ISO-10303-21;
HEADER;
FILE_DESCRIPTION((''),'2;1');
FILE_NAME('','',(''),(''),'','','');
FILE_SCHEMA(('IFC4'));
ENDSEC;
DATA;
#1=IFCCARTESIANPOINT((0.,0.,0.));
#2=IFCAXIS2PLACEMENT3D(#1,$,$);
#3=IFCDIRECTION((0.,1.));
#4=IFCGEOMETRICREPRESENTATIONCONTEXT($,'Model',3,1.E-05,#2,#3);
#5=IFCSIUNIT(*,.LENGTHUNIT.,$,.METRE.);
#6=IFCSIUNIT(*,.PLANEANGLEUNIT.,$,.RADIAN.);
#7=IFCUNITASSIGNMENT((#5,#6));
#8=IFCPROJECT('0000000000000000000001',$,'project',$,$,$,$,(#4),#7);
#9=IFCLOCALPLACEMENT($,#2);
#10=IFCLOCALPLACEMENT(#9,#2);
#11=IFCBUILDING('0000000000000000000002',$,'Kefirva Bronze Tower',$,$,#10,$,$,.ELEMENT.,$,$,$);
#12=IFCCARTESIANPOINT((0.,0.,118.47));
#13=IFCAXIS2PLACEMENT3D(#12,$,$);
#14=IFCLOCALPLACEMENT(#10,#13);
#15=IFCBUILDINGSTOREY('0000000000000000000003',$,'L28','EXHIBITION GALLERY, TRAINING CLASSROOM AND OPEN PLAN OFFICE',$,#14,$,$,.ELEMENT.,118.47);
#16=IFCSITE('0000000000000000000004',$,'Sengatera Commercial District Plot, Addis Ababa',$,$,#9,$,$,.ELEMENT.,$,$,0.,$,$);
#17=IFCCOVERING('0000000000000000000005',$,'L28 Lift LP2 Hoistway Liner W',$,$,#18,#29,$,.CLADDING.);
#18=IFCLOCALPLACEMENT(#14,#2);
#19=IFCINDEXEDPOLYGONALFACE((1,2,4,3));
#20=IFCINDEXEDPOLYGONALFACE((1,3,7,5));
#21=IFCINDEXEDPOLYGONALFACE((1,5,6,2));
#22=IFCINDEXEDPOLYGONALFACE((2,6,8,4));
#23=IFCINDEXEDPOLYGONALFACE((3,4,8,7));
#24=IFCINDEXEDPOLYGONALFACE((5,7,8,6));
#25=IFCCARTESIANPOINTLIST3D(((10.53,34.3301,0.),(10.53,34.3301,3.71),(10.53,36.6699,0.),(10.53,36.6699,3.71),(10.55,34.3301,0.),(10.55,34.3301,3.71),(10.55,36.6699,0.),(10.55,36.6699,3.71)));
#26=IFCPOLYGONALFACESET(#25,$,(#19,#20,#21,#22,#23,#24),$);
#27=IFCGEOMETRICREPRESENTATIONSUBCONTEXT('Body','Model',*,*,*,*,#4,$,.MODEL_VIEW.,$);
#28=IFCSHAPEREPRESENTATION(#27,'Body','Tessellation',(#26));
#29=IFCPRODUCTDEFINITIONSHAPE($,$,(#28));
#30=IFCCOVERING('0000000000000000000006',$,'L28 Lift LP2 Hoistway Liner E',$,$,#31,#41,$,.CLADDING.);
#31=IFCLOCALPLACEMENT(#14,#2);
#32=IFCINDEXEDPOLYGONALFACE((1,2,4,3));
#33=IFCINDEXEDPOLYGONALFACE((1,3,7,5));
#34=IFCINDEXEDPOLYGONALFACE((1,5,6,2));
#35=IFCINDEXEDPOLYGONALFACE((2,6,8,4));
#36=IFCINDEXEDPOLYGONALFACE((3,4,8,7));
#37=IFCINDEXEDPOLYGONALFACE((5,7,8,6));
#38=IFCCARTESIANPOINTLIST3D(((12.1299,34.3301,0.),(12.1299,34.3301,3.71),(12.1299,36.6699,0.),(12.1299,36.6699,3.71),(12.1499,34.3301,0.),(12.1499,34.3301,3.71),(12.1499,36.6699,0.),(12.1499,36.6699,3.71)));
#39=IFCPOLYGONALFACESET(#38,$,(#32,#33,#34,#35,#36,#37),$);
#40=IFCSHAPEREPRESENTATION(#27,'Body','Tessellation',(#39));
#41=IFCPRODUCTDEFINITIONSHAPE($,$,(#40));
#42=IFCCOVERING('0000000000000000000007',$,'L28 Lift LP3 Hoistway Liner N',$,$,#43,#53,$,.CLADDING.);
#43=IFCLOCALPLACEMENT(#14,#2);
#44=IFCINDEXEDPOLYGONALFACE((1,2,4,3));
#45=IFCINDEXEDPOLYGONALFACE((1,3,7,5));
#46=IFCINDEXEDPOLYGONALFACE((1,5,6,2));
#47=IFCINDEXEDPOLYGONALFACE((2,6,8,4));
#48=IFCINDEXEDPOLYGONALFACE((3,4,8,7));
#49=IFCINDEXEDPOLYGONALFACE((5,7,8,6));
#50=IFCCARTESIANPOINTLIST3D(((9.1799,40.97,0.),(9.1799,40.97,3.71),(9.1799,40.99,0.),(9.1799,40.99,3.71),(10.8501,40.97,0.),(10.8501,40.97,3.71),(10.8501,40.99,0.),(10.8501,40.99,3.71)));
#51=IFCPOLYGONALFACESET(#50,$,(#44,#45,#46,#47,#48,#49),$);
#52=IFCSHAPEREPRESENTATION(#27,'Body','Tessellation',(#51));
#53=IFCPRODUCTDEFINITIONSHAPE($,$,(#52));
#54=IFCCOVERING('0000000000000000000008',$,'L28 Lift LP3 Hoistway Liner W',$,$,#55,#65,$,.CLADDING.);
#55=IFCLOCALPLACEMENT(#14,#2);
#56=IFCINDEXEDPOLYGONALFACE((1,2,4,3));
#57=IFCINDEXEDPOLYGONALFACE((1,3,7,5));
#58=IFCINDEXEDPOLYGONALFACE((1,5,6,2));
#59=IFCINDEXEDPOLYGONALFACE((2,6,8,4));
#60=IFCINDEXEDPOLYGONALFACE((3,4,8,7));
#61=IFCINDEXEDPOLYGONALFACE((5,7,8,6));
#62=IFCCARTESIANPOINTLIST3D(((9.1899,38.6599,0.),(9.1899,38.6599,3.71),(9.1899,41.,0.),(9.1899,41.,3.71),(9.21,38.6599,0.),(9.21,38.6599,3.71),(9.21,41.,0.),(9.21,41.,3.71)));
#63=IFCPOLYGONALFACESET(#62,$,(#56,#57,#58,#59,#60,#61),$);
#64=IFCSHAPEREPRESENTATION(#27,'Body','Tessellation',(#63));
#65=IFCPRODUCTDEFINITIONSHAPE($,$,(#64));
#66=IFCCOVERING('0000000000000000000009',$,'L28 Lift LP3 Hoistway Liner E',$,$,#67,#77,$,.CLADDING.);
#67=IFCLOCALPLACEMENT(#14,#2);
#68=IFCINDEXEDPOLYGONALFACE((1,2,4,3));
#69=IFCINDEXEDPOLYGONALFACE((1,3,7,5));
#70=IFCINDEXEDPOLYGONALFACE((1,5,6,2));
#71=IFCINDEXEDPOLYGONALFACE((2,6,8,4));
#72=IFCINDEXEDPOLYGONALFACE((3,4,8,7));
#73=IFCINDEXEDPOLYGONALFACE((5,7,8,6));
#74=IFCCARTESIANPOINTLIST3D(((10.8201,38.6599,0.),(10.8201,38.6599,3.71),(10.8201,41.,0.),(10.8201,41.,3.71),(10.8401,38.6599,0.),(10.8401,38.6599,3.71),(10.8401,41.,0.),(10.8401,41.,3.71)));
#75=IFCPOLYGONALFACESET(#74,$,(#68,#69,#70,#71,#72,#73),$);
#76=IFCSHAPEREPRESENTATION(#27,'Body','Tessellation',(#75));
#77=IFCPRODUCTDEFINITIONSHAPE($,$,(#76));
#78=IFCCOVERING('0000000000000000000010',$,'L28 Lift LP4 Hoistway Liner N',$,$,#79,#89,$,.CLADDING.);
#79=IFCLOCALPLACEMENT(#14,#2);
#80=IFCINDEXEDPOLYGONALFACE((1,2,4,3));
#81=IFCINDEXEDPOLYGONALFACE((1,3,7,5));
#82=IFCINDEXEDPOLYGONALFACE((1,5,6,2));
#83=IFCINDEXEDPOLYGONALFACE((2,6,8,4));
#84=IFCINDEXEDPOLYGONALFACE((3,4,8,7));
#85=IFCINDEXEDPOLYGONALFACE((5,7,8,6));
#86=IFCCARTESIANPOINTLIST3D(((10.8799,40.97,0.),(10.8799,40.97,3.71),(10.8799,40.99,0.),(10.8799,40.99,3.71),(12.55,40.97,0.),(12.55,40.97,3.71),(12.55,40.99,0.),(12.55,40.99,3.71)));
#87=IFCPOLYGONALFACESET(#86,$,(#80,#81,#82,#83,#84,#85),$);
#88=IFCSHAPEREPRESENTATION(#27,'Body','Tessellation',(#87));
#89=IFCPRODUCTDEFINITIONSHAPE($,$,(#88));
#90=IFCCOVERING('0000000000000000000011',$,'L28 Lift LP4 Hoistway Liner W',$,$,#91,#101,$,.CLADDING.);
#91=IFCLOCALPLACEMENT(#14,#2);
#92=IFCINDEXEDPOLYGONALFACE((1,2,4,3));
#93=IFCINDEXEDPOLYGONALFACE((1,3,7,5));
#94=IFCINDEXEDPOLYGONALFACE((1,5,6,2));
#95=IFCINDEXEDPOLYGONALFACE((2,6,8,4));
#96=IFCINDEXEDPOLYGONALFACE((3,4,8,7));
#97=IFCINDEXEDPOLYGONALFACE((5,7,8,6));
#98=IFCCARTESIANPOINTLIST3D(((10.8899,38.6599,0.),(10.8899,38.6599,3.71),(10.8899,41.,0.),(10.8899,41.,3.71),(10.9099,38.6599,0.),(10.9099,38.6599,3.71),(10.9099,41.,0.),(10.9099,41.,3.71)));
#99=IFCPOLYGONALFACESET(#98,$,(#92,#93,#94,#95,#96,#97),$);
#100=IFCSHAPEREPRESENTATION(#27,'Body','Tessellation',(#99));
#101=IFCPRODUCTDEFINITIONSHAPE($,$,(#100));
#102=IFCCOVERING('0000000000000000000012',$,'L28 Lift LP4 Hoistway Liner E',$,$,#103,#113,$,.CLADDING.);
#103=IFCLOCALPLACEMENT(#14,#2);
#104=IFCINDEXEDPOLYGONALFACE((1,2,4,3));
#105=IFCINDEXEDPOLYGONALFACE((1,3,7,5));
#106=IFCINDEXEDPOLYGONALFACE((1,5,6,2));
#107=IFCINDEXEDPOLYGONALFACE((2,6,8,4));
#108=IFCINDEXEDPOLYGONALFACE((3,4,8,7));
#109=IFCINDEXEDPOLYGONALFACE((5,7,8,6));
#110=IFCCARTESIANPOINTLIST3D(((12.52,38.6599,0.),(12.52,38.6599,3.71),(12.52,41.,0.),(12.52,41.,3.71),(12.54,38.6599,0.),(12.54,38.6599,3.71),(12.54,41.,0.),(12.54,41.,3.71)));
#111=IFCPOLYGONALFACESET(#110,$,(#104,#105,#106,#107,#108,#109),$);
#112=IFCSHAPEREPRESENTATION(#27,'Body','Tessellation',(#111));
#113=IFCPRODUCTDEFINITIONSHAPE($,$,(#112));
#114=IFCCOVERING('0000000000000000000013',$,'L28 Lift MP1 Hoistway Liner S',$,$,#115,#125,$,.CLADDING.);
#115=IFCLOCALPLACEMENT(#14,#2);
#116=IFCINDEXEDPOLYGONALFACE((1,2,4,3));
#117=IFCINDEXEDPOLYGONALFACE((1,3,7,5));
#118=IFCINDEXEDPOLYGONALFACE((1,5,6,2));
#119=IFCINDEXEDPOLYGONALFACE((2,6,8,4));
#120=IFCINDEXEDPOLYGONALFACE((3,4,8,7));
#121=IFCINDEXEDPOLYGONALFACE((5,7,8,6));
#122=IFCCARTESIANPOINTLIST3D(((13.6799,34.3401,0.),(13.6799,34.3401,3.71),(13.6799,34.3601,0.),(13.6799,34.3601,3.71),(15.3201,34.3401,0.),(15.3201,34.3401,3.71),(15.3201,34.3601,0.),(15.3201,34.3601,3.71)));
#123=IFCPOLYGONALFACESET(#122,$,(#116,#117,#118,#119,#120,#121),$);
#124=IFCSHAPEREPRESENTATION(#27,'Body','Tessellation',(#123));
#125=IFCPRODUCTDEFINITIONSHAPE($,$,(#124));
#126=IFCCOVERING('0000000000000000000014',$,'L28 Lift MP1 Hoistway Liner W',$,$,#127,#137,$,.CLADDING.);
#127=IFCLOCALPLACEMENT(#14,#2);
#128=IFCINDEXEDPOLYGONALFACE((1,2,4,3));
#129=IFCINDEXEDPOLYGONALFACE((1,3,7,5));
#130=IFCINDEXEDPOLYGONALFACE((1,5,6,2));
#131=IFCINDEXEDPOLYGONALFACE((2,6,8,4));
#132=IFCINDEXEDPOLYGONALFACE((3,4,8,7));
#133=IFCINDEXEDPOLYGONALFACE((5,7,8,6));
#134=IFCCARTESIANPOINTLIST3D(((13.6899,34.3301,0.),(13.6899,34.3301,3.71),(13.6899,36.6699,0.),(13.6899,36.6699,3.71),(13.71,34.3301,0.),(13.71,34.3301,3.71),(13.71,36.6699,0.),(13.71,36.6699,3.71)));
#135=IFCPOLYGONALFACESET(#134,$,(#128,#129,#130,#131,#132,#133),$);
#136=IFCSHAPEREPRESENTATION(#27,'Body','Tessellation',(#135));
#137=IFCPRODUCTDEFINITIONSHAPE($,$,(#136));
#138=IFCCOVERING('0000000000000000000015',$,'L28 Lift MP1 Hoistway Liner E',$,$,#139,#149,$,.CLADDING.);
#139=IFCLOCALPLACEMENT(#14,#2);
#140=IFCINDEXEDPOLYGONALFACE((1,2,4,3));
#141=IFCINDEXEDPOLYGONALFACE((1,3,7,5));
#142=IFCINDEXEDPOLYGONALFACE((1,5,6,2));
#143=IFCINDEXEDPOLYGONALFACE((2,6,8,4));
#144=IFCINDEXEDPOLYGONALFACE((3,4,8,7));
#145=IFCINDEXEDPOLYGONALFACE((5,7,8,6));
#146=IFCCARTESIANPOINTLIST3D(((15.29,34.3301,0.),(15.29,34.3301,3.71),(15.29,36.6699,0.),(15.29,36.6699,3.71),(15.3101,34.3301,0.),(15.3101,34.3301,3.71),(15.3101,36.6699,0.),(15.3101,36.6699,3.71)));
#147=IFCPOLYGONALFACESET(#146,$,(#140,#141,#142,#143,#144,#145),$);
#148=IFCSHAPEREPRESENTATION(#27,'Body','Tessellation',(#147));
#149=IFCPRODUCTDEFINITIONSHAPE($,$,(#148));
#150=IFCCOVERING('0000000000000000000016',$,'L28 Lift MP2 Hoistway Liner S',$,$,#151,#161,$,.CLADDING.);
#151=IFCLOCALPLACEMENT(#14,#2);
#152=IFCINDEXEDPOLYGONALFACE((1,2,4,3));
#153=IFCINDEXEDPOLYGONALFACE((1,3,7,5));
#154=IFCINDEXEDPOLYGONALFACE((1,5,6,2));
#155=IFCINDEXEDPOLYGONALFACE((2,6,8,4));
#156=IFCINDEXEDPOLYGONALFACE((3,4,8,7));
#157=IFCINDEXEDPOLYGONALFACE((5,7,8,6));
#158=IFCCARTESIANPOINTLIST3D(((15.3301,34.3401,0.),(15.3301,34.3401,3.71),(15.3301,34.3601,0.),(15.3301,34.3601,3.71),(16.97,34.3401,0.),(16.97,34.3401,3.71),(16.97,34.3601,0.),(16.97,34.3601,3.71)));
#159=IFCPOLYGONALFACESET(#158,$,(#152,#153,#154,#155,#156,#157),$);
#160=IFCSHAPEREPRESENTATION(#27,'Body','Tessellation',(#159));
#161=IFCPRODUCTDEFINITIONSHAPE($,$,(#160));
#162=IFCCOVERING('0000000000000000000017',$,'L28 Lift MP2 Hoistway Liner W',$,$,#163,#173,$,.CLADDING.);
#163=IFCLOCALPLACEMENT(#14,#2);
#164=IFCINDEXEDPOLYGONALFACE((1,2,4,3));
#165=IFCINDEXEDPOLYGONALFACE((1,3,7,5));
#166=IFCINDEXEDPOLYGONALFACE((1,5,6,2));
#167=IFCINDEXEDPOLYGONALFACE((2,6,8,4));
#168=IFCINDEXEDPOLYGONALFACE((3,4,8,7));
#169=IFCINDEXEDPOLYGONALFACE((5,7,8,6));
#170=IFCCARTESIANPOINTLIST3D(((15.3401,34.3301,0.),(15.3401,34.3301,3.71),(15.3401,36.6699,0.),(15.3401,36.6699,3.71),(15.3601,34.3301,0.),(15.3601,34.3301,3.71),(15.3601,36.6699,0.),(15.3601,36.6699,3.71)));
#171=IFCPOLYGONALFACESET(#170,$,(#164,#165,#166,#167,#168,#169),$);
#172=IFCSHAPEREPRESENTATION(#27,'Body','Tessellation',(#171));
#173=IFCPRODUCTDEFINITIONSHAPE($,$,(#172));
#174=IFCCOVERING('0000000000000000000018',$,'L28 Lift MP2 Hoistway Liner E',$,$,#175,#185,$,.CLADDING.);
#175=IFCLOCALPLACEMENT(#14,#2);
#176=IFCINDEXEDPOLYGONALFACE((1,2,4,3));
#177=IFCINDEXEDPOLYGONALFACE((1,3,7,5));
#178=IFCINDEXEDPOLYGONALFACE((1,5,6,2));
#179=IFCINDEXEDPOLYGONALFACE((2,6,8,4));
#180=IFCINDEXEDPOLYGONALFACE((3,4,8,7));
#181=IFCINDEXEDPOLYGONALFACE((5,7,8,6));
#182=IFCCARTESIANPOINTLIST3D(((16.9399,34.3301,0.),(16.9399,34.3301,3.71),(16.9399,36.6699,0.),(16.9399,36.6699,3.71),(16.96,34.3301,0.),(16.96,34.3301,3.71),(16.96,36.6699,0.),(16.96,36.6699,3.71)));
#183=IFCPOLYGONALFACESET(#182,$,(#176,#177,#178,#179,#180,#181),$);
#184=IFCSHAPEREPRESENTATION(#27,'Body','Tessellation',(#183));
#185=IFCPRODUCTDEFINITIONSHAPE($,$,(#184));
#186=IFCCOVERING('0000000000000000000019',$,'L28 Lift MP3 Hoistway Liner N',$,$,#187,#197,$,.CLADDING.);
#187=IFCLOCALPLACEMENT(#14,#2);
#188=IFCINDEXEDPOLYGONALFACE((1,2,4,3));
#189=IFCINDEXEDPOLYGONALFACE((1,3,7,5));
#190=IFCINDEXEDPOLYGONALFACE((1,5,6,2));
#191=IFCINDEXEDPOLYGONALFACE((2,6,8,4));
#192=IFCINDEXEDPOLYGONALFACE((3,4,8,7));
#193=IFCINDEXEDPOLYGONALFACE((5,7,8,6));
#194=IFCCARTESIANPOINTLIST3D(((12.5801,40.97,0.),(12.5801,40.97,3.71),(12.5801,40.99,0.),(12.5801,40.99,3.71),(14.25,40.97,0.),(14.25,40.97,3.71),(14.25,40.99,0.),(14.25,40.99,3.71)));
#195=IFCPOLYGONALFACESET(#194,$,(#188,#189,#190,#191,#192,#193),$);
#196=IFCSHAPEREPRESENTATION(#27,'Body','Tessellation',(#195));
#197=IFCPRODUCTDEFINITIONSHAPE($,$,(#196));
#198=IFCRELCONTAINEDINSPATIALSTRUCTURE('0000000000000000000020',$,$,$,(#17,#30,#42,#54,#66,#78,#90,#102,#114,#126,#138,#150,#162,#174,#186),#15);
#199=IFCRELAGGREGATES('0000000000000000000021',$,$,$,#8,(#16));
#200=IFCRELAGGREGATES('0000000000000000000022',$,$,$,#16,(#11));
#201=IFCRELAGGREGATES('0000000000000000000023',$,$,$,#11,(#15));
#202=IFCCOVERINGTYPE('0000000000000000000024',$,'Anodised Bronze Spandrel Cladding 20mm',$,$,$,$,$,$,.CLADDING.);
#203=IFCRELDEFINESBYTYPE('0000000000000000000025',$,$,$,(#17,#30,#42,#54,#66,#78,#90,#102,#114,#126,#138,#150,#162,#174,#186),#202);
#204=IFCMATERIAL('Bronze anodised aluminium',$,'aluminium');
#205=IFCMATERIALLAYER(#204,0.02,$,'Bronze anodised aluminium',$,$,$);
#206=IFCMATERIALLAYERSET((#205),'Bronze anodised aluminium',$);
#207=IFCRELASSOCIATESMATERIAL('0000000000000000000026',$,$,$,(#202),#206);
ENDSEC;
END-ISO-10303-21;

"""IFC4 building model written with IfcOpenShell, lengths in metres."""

from ifc_helpers import new_model, si_unit, direction, frame, origin, place, context, subcontext, project, spatial, polyline, outline, extrude, material, layer, layer_set, type_object, element, save


model = new_model("IFC4")

# Units and contexts
model_context = context("Model", 3, precision=1e-05, world=origin(), true_north=direction((0.0, 1.0)))
body_context = subcontext(model_context, "Body", "Model", "MODEL_VIEW")
ifc_project = project(units=[si_unit("LENGTHUNIT", "METRE"), si_unit("PLANEANGLEUNIT", "RADIAN")], contexts=[model_context])

# Site, building, storey
site_placement = place(None, origin())
site = spatial("IfcSite", under=ifc_project, at=site_placement, Name="Sengatera Commercial District Plot, Addis Ababa", CompositionType="ELEMENT", RefElevation=0.0)
building_placement = place(site_placement, origin())
building = spatial("IfcBuilding", under=site, at=building_placement, Name="Kefirva Bronze Tower", CompositionType="ELEMENT")
storey_placement = place(building_placement, frame((0.0, 0.0, 118.47)))
storey = spatial("IfcBuildingStorey", under=building, at=storey_placement, Name="L28", Description="EXHIBITION GALLERY, TRAINING CLASSROOM AND OPEN PLAN OFFICE", CompositionType="ELEMENT", Elevation=118.47)

# Coverings
ifc_material = material(Name="Bronze anodised aluminium", Category="aluminium")
ifc_layer_1 = layer(ifc_material, 0.02, Name="Bronze anodised aluminium")
ifc_layer_set_1 = layer_set([ifc_layer_1], Name="Bronze anodised aluminium")
covering_type_1 = type_object("IfcCoveringType", Name="Anodised Bronze Spandrel Cladding 20mm", PredefinedType="CLADDING", material=ifc_layer_set_1)
covering_1_placement = place(storey_placement, origin())
element("IfcCovering", 1, at=covering_1_placement, inside=storey, type_object=covering_type_1, Name="L28 Lift LP2 Hoistway Liner W", PredefinedType="CLADDING", context=body_context, shape_type="SweptSolid", body=[
    extrude(outline(polyline([(10.53, 34.3301), (10.55, 34.3301), (10.55, 36.6699), (10.53, 36.6699), (10.53, 34.3301)])), origin(), (0.0, 0.0, 1.0), 3.71),
])
covering_2_placement = place(storey_placement, origin())
element("IfcCovering", 2, at=covering_2_placement, inside=storey, type_object=covering_type_1, Name="L28 Lift LP2 Hoistway Liner E", PredefinedType="CLADDING", context=body_context, shape_type="SweptSolid", body=[
    extrude(outline(polyline([(12.1299, 34.3301), (12.1499, 34.3301), (12.1499, 36.6699), (12.1299, 36.6699), (12.1299, 34.3301)])), origin(), (0.0, 0.0, 1.0), 3.71),
])
covering_3_placement = place(storey_placement, origin())
element("IfcCovering", 3, at=covering_3_placement, inside=storey, type_object=covering_type_1, Name="L28 Lift LP3 Hoistway Liner N", PredefinedType="CLADDING", context=body_context, shape_type="SweptSolid", body=[
    extrude(outline(polyline([(9.1799, 40.97), (10.8501, 40.97), (10.8501, 40.99), (9.1799, 40.99), (9.1799, 40.97)])), origin(), (0.0, 0.0, 1.0), 3.71),
])
covering_4_placement = place(storey_placement, origin())
element("IfcCovering", 4, at=covering_4_placement, inside=storey, type_object=covering_type_1, Name="L28 Lift LP3 Hoistway Liner W", PredefinedType="CLADDING", context=body_context, shape_type="SweptSolid", body=[
    extrude(outline(polyline([(9.1899, 38.6599), (9.21, 38.6599), (9.21, 41.0), (9.1899, 41.0), (9.1899, 38.6599)])), origin(), (0.0, 0.0, 1.0), 3.71),
])
covering_5_placement = place(storey_placement, origin())
element("IfcCovering", 5, at=covering_5_placement, inside=storey, type_object=covering_type_1, Name="L28 Lift LP3 Hoistway Liner E", PredefinedType="CLADDING", context=body_context, shape_type="SweptSolid", body=[
    extrude(outline(polyline([(10.8201, 38.6599), (10.8401, 38.6599), (10.8401, 41.0), (10.8201, 41.0), (10.8201, 38.6599)])), origin(), (0.0, 0.0, 1.0), 3.71),
])
covering_6_placement = place(storey_placement, origin())
element("IfcCovering", 6, at=covering_6_placement, inside=storey, type_object=covering_type_1, Name="L28 Lift LP4 Hoistway Liner N", PredefinedType="CLADDING", context=body_context, shape_type="SweptSolid", body=[
    extrude(outline(polyline([(10.8799, 40.97), (12.55, 40.97), (12.55, 40.99), (10.8799, 40.99), (10.8799, 40.97)])), origin(), (0.0, 0.0, 1.0), 3.71),
])
covering_7_placement = place(storey_placement, origin())
element("IfcCovering", 7, at=covering_7_placement, inside=storey, type_object=covering_type_1, Name="L28 Lift LP4 Hoistway Liner W", PredefinedType="CLADDING", context=body_context, shape_type="SweptSolid", body=[
    extrude(outline(polyline([(10.8899, 38.6599), (10.9099, 38.6599), (10.9099, 41.0), (10.8899, 41.0), (10.8899, 38.6599)])), origin(), (0.0, 0.0, 1.0), 3.71),
])
covering_8_placement = place(storey_placement, origin())
element("IfcCovering", 8, at=covering_8_placement, inside=storey, type_object=covering_type_1, Name="L28 Lift LP4 Hoistway Liner E", PredefinedType="CLADDING", context=body_context, shape_type="SweptSolid", body=[
    extrude(outline(polyline([(12.52, 38.6599), (12.54, 38.6599), (12.54, 41.0), (12.52, 41.0), (12.52, 38.6599)])), origin(), (0.0, 0.0, 1.0), 3.71),
])
covering_9_placement = place(storey_placement, origin())
element("IfcCovering", 9, at=covering_9_placement, inside=storey, type_object=covering_type_1, Name="L28 Lift MP1 Hoistway Liner S", PredefinedType="CLADDING", context=body_context, shape_type="SweptSolid", body=[
    extrude(outline(polyline([(13.6799, 34.3401), (15.3201, 34.3401), (15.3201, 34.3601), (13.6799, 34.3601), (13.6799, 34.3401)])), origin(), (0.0, 0.0, 1.0), 3.71),
])
covering_10_placement = place(storey_placement, origin())
element("IfcCovering", 10, at=covering_10_placement, inside=storey, type_object=covering_type_1, Name="L28 Lift MP1 Hoistway Liner W", PredefinedType="CLADDING", context=body_context, shape_type="SweptSolid", body=[
    extrude(outline(polyline([(13.6899, 34.3301), (13.71, 34.3301), (13.71, 36.6699), (13.6899, 36.6699), (13.6899, 34.3301)])), origin(), (0.0, 0.0, 1.0), 3.71),
])
covering_11_placement = place(storey_placement, origin())
element("IfcCovering", 11, at=covering_11_placement, inside=storey, type_object=covering_type_1, Name="L28 Lift MP1 Hoistway Liner E", PredefinedType="CLADDING", context=body_context, shape_type="SweptSolid", body=[
    extrude(outline(polyline([(15.29, 34.3301), (15.3101, 34.3301), (15.3101, 36.6699), (15.29, 36.6699), (15.29, 34.3301)])), origin(), (0.0, 0.0, 1.0), 3.71),
])
covering_12_placement = place(storey_placement, origin())
element("IfcCovering", 12, at=covering_12_placement, inside=storey, type_object=covering_type_1, Name="L28 Lift MP2 Hoistway Liner S", PredefinedType="CLADDING", context=body_context, shape_type="SweptSolid", body=[
    extrude(outline(polyline([(15.3301, 34.3401), (16.97, 34.3401), (16.97, 34.3601), (15.3301, 34.3601), (15.3301, 34.3401)])), origin(), (0.0, 0.0, 1.0), 3.71),
])
covering_13_placement = place(storey_placement, origin())
element("IfcCovering", 13, at=covering_13_placement, inside=storey, type_object=covering_type_1, Name="L28 Lift MP2 Hoistway Liner W", PredefinedType="CLADDING", context=body_context, shape_type="SweptSolid", body=[
    extrude(outline(polyline([(15.3401, 34.3301), (15.3601, 34.3301), (15.3601, 36.6699), (15.3401, 36.6699), (15.3401, 34.3301)])), origin(), (0.0, 0.0, 1.0), 3.71),
])
covering_14_placement = place(storey_placement, origin())
element("IfcCovering", 14, at=covering_14_placement, inside=storey, type_object=covering_type_1, Name="L28 Lift MP2 Hoistway Liner E", PredefinedType="CLADDING", context=body_context, shape_type="SweptSolid", body=[
    extrude(outline(polyline([(16.9399, 34.3301), (16.96, 34.3301), (16.96, 36.6699), (16.9399, 36.6699), (16.9399, 34.3301)])), origin(), (0.0, 0.0, 1.0), 3.71),
])
covering_15_placement = place(storey_placement, origin())
element("IfcCovering", 15, at=covering_15_placement, inside=storey, type_object=covering_type_1, Name="L28 Lift MP3 Hoistway Liner N", PredefinedType="CLADDING", context=body_context, shape_type="SweptSolid", body=[
    extrude(outline(polyline([(12.5801, 40.97), (14.25, 40.97), (14.25, 40.99), (12.5801, 40.99), (12.5801, 40.97)])), origin(), (0.0, 0.0, 1.0), 3.71),
])

save(model, "model.ifc")
